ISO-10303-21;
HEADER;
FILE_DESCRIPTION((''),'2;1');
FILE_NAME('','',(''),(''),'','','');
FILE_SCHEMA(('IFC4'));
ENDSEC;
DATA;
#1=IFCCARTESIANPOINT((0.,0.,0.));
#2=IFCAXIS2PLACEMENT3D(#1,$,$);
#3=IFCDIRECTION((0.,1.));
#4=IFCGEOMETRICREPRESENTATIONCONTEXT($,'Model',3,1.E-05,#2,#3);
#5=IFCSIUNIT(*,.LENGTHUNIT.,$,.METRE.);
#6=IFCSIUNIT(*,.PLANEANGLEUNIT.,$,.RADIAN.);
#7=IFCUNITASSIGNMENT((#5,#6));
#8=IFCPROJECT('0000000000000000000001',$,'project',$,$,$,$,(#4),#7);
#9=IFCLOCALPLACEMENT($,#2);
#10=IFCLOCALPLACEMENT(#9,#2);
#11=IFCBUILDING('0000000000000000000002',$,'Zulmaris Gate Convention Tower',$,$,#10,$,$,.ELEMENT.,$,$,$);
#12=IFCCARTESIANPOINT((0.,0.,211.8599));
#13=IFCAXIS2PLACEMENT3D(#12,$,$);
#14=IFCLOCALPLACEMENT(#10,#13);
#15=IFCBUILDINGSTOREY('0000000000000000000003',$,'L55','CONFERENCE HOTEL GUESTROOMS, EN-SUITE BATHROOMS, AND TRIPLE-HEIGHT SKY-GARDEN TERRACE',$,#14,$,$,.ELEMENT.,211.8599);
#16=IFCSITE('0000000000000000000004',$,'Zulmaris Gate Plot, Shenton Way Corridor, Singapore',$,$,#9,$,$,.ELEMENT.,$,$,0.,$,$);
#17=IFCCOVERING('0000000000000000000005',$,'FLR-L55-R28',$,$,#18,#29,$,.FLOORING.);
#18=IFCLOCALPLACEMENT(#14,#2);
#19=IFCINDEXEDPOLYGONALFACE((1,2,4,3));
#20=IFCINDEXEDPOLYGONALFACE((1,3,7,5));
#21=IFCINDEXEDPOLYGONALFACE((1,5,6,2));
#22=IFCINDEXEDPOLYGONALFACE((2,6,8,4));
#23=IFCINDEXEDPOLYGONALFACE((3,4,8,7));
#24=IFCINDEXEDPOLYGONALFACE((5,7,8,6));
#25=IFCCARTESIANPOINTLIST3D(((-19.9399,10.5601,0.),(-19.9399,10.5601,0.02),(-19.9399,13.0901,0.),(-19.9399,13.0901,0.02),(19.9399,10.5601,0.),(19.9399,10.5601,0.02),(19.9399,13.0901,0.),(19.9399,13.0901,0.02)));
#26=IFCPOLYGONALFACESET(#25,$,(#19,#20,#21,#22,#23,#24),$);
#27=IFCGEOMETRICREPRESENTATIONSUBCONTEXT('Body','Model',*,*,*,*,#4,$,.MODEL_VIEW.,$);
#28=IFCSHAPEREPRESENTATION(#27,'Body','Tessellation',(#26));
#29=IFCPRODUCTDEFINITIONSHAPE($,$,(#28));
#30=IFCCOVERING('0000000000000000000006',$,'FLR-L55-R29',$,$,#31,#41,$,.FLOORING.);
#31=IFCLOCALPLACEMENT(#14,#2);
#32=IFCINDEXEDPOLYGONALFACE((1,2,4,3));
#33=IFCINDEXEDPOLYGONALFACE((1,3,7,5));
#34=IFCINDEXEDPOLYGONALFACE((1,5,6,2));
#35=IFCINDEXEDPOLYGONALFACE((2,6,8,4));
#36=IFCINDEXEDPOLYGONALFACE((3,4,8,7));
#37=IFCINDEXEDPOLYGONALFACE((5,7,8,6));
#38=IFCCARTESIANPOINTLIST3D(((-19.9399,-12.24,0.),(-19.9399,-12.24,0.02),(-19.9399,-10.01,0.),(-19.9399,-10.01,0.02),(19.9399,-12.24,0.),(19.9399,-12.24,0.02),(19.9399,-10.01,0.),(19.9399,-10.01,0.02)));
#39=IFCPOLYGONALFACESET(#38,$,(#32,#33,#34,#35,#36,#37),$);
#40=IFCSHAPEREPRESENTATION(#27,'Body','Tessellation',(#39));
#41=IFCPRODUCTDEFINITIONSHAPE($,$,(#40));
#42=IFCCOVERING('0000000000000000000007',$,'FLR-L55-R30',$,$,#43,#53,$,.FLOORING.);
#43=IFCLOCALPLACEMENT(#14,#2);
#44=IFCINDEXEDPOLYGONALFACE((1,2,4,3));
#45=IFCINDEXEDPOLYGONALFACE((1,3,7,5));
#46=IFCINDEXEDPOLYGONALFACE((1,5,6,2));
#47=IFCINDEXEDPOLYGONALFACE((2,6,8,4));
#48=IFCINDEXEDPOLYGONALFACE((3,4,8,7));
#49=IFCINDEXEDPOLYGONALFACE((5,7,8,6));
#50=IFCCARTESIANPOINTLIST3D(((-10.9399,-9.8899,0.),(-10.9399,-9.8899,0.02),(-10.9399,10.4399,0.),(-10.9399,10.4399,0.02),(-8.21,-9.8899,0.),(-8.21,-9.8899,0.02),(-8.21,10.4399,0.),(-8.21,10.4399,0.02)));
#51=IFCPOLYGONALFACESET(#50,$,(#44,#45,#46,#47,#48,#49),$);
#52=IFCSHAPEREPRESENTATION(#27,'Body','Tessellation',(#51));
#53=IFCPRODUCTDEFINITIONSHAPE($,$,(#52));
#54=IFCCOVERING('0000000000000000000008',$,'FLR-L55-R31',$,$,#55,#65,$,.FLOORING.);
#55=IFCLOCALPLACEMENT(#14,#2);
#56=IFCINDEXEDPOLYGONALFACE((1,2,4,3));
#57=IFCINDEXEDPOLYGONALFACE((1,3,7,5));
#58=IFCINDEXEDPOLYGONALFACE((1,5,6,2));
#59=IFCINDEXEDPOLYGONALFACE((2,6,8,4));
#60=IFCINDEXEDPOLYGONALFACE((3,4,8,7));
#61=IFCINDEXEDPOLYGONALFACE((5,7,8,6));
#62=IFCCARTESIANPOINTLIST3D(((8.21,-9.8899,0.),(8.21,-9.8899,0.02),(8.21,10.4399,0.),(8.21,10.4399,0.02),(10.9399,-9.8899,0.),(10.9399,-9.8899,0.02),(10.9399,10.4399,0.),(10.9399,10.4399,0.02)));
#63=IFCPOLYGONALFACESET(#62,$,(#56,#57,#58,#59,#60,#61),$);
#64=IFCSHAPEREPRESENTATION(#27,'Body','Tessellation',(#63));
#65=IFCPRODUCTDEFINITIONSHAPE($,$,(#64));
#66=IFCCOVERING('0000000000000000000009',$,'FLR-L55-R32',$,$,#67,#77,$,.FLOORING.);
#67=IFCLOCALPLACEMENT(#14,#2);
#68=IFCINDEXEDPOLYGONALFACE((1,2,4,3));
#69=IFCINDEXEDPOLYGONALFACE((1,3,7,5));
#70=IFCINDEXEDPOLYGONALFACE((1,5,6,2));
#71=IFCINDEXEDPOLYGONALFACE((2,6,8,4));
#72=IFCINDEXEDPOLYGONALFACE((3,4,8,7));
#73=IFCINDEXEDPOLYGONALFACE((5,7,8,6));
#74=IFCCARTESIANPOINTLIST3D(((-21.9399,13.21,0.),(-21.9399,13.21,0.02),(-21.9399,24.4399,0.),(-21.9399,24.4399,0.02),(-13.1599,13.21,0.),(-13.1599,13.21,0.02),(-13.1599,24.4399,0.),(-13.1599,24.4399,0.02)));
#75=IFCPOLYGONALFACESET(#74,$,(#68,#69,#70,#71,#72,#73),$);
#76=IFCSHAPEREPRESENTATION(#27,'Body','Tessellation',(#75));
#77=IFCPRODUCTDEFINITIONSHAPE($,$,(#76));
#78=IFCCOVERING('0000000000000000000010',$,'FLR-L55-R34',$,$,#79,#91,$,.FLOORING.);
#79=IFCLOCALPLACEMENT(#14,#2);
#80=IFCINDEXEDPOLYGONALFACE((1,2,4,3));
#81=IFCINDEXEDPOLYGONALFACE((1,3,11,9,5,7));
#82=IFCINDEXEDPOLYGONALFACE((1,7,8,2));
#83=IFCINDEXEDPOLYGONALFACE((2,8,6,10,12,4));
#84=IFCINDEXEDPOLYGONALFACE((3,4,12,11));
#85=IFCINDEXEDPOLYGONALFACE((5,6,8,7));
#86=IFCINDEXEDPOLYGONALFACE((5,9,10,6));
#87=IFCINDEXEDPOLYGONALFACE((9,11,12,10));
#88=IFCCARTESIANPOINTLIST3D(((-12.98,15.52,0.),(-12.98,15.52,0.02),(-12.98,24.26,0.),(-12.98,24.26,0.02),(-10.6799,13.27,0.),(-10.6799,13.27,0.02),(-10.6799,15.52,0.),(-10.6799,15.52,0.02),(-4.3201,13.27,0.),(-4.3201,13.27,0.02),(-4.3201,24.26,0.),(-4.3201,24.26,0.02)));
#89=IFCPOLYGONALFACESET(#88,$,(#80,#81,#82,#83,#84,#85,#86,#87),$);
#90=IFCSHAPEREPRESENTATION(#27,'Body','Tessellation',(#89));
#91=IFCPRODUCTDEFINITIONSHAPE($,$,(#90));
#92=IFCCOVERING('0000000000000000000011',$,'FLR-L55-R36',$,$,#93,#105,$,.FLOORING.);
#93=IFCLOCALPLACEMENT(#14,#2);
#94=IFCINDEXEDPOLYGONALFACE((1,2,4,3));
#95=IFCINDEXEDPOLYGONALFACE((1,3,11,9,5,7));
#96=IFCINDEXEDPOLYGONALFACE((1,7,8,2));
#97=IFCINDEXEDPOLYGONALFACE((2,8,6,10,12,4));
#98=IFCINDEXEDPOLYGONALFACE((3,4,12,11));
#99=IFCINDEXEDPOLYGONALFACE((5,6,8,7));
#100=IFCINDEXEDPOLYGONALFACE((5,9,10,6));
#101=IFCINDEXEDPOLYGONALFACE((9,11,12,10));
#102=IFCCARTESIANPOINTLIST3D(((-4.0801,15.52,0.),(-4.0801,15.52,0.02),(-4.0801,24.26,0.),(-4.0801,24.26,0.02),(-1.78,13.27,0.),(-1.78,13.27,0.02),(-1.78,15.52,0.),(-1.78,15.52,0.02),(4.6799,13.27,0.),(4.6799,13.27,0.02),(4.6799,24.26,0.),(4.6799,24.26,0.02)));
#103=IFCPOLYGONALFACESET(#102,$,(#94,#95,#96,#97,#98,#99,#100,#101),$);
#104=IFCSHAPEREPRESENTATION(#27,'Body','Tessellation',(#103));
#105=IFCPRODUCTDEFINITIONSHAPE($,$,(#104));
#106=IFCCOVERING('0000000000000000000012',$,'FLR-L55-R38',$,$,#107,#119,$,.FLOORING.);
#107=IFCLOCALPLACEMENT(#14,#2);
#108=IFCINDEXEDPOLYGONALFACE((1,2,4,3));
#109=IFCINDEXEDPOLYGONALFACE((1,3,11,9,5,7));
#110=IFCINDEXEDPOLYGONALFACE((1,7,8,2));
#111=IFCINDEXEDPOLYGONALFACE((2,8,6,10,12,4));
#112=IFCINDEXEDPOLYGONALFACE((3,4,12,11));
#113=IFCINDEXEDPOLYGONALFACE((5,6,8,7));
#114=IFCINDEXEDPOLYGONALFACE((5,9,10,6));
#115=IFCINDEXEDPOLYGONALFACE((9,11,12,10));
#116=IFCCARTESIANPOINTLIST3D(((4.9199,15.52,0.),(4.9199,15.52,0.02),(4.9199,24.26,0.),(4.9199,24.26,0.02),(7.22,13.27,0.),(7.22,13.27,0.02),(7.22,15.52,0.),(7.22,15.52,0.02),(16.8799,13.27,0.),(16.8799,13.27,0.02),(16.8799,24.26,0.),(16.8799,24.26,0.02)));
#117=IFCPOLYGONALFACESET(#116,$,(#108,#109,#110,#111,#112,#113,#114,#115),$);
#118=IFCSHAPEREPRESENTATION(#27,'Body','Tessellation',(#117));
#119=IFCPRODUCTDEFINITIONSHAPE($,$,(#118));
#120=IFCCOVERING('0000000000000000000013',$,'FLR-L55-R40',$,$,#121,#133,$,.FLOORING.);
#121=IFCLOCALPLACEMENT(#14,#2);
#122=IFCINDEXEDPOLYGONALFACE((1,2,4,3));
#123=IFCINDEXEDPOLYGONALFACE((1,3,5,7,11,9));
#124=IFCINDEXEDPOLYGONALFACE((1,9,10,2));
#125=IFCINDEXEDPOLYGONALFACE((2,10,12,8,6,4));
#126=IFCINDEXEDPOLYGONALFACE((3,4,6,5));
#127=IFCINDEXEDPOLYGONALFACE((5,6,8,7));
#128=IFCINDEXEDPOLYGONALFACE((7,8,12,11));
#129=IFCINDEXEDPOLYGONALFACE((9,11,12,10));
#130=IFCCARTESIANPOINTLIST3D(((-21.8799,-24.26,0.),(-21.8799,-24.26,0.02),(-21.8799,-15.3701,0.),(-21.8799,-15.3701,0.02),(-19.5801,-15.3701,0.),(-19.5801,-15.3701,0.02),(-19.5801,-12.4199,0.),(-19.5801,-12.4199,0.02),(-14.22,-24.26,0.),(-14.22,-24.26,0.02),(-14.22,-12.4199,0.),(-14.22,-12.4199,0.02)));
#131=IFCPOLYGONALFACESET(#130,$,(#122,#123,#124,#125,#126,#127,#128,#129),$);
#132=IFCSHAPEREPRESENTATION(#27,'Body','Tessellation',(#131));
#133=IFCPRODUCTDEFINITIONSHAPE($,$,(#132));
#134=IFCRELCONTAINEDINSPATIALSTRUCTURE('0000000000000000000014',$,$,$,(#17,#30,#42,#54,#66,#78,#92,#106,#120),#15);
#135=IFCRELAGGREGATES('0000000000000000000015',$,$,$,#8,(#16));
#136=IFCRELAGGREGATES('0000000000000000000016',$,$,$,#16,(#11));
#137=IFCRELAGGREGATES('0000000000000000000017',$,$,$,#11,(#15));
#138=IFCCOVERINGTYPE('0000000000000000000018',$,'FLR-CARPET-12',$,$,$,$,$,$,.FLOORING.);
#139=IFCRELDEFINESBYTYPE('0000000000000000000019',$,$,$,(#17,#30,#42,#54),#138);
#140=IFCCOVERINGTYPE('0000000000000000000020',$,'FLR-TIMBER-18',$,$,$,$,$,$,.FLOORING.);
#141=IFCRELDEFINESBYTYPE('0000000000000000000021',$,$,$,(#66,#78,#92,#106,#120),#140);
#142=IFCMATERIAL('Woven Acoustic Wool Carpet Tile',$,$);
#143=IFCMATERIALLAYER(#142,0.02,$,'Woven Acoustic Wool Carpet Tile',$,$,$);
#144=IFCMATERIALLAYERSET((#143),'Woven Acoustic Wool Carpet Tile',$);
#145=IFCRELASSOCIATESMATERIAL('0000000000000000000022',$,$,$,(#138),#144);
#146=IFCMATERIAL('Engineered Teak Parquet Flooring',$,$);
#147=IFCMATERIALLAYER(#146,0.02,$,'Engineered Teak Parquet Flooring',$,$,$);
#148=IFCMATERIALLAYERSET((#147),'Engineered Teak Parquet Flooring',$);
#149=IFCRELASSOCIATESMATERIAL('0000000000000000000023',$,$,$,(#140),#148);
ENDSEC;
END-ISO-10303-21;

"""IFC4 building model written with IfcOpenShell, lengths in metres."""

from ifc_helpers import new_model, si_unit, direction, frame, origin, place, context, subcontext, project, spatial, polyline, outline, extrude, material, layer, layer_set, type_object, element, save


model = new_model("IFC4")

# Units and contexts
model_context = context("Model", 3, precision=1e-05, world=origin(), true_north=direction((0.0, 1.0)))
body_context = subcontext(model_context, "Body", "Model", "MODEL_VIEW")
ifc_project = project(units=[si_unit("LENGTHUNIT", "METRE"), si_unit("PLANEANGLEUNIT", "RADIAN")], contexts=[model_context])

# Site, building, storey
site_placement = place(None, origin())
site = spatial("IfcSite", under=ifc_project, at=site_placement, Name="Zulmaris Gate Plot, Shenton Way Corridor, Singapore", CompositionType="ELEMENT", RefElevation=0.0)
building_placement = place(site_placement, origin())
building = spatial("IfcBuilding", under=site, at=building_placement, Name="Zulmaris Gate Convention Tower", CompositionType="ELEMENT")
storey_placement = place(building_placement, frame((0.0, 0.0, 211.8599)))
storey = spatial("IfcBuildingStorey", under=building, at=storey_placement, Name="L55", Description="CONFERENCE HOTEL GUESTROOMS, EN-SUITE BATHROOMS, AND TRIPLE-HEIGHT SKY-GARDEN TERRACE", CompositionType="ELEMENT", Elevation=211.8599)

# Coverings
ifc_material_1 = material(Name="Woven Acoustic Wool Carpet Tile")
ifc_layer_1 = layer(ifc_material_1, 0.02, Name="Woven Acoustic Wool Carpet Tile")
ifc_layer_set_1 = layer_set([ifc_layer_1], Name="Woven Acoustic Wool Carpet Tile")
covering_type_1 = type_object("IfcCoveringType", Name="FLR-CARPET-12", PredefinedType="FLOORING", material=ifc_layer_set_1)
covering_1_placement = place(storey_placement, origin())
element("IfcCovering", 1, at=covering_1_placement, inside=storey, type_object=covering_type_1, Name="FLR-L55-R28", PredefinedType="FLOORING", context=body_context, shape_type="SweptSolid", body=[
    extrude(outline(polyline([(-19.9399, 10.5601), (19.9399, 10.5601), (19.9399, 13.0901), (-19.9399, 13.0901), (-19.9399, 10.5601)])), origin(), (0.0, 0.0, 1.0), 0.02),
])
covering_2_placement = place(storey_placement, origin())
element("IfcCovering", 2, at=covering_2_placement, inside=storey, type_object=covering_type_1, Name="FLR-L55-R29", PredefinedType="FLOORING", context=body_context, shape_type="SweptSolid", body=[
    extrude(outline(polyline([(-19.9399, -12.24), (19.9399, -12.24), (19.9399, -10.01), (-19.9399, -10.01), (-19.9399, -12.24)])), origin(), (0.0, 0.0, 1.0), 0.02),
])
covering_3_placement = place(storey_placement, origin())
element("IfcCovering", 3, at=covering_3_placement, inside=storey, type_object=covering_type_1, Name="FLR-L55-R30", PredefinedType="FLOORING", context=body_context, shape_type="SweptSolid", body=[
    extrude(outline(polyline([(-10.9399, -9.8899), (-8.21, -9.8899), (-8.21, 10.4399), (-10.9399, 10.4399), (-10.9399, -9.8899)])), origin(), (0.0, 0.0, 1.0), 0.02),
])
covering_4_placement = place(storey_placement, origin())
element("IfcCovering", 4, at=covering_4_placement, inside=storey, type_object=covering_type_1, Name="FLR-L55-R31", PredefinedType="FLOORING", context=body_context, shape_type="SweptSolid", body=[
    extrude(outline(polyline([(8.21, -9.8899), (10.9399, -9.8899), (10.9399, 10.4399), (8.21, 10.4399), (8.21, -9.8899)])), origin(), (0.0, 0.0, 1.0), 0.02),
])
ifc_material_2 = material(Name="Engineered Teak Parquet Flooring")
ifc_layer_2 = layer(ifc_material_2, 0.02, Name="Engineered Teak Parquet Flooring")
ifc_layer_set_2 = layer_set([ifc_layer_2], Name="Engineered Teak Parquet Flooring")
covering_type_2 = type_object("IfcCoveringType", Name="FLR-TIMBER-18", PredefinedType="FLOORING", material=ifc_layer_set_2)
covering_5_placement = place(storey_placement, origin())
element("IfcCovering", 5, at=covering_5_placement, inside=storey, type_object=covering_type_2, Name="FLR-L55-R32", PredefinedType="FLOORING", context=body_context, shape_type="SweptSolid", body=[
    extrude(outline(polyline([(-21.9399, 13.21), (-13.1599, 13.21), (-13.1599, 24.4399), (-21.9399, 24.4399), (-21.9399, 13.21)])), origin(), (0.0, 0.0, 1.0), 0.02),
])
covering_6_placement = place(storey_placement, origin())
element("IfcCovering", 6, at=covering_6_placement, inside=storey, type_object=covering_type_2, Name="FLR-L55-R34", PredefinedType="FLOORING", context=body_context, shape_type="SweptSolid", body=[
    extrude(outline(polyline([(-10.6799, 13.27), (-4.3201, 13.27), (-4.3201, 24.26), (-12.98, 24.26), (-12.98, 15.52), (-10.6799, 15.52), (-10.6799, 13.27)])), origin(), (0.0, 0.0, 1.0), 0.02),
])
covering_7_placement = place(storey_placement, origin())
element("IfcCovering", 7, at=covering_7_placement, inside=storey, type_object=covering_type_2, Name="FLR-L55-R36", PredefinedType="FLOORING", context=body_context, shape_type="SweptSolid", body=[
    extrude(outline(polyline([(-1.78, 13.27), (4.6799, 13.27), (4.6799, 24.26), (-4.0801, 24.26), (-4.0801, 15.52), (-1.78, 15.52), (-1.78, 13.27)])), origin(), (0.0, 0.0, 1.0), 0.02),
])
covering_8_placement = place(storey_placement, origin())
element("IfcCovering", 8, at=covering_8_placement, inside=storey, type_object=covering_type_2, Name="FLR-L55-R38", PredefinedType="FLOORING", context=body_context, shape_type="SweptSolid", body=[
    extrude(outline(polyline([(7.22, 13.27), (16.8799, 13.27), (16.8799, 24.26), (4.9199, 24.26), (4.9199, 15.52), (7.22, 15.52), (7.22, 13.27)])), origin(), (0.0, 0.0, 1.0), 0.02),
])
covering_9_placement = place(storey_placement, origin())
element("IfcCovering", 9, at=covering_9_placement, inside=storey, type_object=covering_type_2, Name="FLR-L55-R40", PredefinedType="FLOORING", context=body_context, shape_type="SweptSolid", body=[
    extrude(outline(polyline([(-21.8799, -24.26), (-14.22, -24.26), (-14.22, -12.4199), (-19.5801, -12.4199), (-19.5801, -15.3701), (-21.8799, -15.3701), (-21.8799, -24.26)])), origin(), (0.0, 0.0, 1.0), 0.02),
])

save(model, "model.ifc")
